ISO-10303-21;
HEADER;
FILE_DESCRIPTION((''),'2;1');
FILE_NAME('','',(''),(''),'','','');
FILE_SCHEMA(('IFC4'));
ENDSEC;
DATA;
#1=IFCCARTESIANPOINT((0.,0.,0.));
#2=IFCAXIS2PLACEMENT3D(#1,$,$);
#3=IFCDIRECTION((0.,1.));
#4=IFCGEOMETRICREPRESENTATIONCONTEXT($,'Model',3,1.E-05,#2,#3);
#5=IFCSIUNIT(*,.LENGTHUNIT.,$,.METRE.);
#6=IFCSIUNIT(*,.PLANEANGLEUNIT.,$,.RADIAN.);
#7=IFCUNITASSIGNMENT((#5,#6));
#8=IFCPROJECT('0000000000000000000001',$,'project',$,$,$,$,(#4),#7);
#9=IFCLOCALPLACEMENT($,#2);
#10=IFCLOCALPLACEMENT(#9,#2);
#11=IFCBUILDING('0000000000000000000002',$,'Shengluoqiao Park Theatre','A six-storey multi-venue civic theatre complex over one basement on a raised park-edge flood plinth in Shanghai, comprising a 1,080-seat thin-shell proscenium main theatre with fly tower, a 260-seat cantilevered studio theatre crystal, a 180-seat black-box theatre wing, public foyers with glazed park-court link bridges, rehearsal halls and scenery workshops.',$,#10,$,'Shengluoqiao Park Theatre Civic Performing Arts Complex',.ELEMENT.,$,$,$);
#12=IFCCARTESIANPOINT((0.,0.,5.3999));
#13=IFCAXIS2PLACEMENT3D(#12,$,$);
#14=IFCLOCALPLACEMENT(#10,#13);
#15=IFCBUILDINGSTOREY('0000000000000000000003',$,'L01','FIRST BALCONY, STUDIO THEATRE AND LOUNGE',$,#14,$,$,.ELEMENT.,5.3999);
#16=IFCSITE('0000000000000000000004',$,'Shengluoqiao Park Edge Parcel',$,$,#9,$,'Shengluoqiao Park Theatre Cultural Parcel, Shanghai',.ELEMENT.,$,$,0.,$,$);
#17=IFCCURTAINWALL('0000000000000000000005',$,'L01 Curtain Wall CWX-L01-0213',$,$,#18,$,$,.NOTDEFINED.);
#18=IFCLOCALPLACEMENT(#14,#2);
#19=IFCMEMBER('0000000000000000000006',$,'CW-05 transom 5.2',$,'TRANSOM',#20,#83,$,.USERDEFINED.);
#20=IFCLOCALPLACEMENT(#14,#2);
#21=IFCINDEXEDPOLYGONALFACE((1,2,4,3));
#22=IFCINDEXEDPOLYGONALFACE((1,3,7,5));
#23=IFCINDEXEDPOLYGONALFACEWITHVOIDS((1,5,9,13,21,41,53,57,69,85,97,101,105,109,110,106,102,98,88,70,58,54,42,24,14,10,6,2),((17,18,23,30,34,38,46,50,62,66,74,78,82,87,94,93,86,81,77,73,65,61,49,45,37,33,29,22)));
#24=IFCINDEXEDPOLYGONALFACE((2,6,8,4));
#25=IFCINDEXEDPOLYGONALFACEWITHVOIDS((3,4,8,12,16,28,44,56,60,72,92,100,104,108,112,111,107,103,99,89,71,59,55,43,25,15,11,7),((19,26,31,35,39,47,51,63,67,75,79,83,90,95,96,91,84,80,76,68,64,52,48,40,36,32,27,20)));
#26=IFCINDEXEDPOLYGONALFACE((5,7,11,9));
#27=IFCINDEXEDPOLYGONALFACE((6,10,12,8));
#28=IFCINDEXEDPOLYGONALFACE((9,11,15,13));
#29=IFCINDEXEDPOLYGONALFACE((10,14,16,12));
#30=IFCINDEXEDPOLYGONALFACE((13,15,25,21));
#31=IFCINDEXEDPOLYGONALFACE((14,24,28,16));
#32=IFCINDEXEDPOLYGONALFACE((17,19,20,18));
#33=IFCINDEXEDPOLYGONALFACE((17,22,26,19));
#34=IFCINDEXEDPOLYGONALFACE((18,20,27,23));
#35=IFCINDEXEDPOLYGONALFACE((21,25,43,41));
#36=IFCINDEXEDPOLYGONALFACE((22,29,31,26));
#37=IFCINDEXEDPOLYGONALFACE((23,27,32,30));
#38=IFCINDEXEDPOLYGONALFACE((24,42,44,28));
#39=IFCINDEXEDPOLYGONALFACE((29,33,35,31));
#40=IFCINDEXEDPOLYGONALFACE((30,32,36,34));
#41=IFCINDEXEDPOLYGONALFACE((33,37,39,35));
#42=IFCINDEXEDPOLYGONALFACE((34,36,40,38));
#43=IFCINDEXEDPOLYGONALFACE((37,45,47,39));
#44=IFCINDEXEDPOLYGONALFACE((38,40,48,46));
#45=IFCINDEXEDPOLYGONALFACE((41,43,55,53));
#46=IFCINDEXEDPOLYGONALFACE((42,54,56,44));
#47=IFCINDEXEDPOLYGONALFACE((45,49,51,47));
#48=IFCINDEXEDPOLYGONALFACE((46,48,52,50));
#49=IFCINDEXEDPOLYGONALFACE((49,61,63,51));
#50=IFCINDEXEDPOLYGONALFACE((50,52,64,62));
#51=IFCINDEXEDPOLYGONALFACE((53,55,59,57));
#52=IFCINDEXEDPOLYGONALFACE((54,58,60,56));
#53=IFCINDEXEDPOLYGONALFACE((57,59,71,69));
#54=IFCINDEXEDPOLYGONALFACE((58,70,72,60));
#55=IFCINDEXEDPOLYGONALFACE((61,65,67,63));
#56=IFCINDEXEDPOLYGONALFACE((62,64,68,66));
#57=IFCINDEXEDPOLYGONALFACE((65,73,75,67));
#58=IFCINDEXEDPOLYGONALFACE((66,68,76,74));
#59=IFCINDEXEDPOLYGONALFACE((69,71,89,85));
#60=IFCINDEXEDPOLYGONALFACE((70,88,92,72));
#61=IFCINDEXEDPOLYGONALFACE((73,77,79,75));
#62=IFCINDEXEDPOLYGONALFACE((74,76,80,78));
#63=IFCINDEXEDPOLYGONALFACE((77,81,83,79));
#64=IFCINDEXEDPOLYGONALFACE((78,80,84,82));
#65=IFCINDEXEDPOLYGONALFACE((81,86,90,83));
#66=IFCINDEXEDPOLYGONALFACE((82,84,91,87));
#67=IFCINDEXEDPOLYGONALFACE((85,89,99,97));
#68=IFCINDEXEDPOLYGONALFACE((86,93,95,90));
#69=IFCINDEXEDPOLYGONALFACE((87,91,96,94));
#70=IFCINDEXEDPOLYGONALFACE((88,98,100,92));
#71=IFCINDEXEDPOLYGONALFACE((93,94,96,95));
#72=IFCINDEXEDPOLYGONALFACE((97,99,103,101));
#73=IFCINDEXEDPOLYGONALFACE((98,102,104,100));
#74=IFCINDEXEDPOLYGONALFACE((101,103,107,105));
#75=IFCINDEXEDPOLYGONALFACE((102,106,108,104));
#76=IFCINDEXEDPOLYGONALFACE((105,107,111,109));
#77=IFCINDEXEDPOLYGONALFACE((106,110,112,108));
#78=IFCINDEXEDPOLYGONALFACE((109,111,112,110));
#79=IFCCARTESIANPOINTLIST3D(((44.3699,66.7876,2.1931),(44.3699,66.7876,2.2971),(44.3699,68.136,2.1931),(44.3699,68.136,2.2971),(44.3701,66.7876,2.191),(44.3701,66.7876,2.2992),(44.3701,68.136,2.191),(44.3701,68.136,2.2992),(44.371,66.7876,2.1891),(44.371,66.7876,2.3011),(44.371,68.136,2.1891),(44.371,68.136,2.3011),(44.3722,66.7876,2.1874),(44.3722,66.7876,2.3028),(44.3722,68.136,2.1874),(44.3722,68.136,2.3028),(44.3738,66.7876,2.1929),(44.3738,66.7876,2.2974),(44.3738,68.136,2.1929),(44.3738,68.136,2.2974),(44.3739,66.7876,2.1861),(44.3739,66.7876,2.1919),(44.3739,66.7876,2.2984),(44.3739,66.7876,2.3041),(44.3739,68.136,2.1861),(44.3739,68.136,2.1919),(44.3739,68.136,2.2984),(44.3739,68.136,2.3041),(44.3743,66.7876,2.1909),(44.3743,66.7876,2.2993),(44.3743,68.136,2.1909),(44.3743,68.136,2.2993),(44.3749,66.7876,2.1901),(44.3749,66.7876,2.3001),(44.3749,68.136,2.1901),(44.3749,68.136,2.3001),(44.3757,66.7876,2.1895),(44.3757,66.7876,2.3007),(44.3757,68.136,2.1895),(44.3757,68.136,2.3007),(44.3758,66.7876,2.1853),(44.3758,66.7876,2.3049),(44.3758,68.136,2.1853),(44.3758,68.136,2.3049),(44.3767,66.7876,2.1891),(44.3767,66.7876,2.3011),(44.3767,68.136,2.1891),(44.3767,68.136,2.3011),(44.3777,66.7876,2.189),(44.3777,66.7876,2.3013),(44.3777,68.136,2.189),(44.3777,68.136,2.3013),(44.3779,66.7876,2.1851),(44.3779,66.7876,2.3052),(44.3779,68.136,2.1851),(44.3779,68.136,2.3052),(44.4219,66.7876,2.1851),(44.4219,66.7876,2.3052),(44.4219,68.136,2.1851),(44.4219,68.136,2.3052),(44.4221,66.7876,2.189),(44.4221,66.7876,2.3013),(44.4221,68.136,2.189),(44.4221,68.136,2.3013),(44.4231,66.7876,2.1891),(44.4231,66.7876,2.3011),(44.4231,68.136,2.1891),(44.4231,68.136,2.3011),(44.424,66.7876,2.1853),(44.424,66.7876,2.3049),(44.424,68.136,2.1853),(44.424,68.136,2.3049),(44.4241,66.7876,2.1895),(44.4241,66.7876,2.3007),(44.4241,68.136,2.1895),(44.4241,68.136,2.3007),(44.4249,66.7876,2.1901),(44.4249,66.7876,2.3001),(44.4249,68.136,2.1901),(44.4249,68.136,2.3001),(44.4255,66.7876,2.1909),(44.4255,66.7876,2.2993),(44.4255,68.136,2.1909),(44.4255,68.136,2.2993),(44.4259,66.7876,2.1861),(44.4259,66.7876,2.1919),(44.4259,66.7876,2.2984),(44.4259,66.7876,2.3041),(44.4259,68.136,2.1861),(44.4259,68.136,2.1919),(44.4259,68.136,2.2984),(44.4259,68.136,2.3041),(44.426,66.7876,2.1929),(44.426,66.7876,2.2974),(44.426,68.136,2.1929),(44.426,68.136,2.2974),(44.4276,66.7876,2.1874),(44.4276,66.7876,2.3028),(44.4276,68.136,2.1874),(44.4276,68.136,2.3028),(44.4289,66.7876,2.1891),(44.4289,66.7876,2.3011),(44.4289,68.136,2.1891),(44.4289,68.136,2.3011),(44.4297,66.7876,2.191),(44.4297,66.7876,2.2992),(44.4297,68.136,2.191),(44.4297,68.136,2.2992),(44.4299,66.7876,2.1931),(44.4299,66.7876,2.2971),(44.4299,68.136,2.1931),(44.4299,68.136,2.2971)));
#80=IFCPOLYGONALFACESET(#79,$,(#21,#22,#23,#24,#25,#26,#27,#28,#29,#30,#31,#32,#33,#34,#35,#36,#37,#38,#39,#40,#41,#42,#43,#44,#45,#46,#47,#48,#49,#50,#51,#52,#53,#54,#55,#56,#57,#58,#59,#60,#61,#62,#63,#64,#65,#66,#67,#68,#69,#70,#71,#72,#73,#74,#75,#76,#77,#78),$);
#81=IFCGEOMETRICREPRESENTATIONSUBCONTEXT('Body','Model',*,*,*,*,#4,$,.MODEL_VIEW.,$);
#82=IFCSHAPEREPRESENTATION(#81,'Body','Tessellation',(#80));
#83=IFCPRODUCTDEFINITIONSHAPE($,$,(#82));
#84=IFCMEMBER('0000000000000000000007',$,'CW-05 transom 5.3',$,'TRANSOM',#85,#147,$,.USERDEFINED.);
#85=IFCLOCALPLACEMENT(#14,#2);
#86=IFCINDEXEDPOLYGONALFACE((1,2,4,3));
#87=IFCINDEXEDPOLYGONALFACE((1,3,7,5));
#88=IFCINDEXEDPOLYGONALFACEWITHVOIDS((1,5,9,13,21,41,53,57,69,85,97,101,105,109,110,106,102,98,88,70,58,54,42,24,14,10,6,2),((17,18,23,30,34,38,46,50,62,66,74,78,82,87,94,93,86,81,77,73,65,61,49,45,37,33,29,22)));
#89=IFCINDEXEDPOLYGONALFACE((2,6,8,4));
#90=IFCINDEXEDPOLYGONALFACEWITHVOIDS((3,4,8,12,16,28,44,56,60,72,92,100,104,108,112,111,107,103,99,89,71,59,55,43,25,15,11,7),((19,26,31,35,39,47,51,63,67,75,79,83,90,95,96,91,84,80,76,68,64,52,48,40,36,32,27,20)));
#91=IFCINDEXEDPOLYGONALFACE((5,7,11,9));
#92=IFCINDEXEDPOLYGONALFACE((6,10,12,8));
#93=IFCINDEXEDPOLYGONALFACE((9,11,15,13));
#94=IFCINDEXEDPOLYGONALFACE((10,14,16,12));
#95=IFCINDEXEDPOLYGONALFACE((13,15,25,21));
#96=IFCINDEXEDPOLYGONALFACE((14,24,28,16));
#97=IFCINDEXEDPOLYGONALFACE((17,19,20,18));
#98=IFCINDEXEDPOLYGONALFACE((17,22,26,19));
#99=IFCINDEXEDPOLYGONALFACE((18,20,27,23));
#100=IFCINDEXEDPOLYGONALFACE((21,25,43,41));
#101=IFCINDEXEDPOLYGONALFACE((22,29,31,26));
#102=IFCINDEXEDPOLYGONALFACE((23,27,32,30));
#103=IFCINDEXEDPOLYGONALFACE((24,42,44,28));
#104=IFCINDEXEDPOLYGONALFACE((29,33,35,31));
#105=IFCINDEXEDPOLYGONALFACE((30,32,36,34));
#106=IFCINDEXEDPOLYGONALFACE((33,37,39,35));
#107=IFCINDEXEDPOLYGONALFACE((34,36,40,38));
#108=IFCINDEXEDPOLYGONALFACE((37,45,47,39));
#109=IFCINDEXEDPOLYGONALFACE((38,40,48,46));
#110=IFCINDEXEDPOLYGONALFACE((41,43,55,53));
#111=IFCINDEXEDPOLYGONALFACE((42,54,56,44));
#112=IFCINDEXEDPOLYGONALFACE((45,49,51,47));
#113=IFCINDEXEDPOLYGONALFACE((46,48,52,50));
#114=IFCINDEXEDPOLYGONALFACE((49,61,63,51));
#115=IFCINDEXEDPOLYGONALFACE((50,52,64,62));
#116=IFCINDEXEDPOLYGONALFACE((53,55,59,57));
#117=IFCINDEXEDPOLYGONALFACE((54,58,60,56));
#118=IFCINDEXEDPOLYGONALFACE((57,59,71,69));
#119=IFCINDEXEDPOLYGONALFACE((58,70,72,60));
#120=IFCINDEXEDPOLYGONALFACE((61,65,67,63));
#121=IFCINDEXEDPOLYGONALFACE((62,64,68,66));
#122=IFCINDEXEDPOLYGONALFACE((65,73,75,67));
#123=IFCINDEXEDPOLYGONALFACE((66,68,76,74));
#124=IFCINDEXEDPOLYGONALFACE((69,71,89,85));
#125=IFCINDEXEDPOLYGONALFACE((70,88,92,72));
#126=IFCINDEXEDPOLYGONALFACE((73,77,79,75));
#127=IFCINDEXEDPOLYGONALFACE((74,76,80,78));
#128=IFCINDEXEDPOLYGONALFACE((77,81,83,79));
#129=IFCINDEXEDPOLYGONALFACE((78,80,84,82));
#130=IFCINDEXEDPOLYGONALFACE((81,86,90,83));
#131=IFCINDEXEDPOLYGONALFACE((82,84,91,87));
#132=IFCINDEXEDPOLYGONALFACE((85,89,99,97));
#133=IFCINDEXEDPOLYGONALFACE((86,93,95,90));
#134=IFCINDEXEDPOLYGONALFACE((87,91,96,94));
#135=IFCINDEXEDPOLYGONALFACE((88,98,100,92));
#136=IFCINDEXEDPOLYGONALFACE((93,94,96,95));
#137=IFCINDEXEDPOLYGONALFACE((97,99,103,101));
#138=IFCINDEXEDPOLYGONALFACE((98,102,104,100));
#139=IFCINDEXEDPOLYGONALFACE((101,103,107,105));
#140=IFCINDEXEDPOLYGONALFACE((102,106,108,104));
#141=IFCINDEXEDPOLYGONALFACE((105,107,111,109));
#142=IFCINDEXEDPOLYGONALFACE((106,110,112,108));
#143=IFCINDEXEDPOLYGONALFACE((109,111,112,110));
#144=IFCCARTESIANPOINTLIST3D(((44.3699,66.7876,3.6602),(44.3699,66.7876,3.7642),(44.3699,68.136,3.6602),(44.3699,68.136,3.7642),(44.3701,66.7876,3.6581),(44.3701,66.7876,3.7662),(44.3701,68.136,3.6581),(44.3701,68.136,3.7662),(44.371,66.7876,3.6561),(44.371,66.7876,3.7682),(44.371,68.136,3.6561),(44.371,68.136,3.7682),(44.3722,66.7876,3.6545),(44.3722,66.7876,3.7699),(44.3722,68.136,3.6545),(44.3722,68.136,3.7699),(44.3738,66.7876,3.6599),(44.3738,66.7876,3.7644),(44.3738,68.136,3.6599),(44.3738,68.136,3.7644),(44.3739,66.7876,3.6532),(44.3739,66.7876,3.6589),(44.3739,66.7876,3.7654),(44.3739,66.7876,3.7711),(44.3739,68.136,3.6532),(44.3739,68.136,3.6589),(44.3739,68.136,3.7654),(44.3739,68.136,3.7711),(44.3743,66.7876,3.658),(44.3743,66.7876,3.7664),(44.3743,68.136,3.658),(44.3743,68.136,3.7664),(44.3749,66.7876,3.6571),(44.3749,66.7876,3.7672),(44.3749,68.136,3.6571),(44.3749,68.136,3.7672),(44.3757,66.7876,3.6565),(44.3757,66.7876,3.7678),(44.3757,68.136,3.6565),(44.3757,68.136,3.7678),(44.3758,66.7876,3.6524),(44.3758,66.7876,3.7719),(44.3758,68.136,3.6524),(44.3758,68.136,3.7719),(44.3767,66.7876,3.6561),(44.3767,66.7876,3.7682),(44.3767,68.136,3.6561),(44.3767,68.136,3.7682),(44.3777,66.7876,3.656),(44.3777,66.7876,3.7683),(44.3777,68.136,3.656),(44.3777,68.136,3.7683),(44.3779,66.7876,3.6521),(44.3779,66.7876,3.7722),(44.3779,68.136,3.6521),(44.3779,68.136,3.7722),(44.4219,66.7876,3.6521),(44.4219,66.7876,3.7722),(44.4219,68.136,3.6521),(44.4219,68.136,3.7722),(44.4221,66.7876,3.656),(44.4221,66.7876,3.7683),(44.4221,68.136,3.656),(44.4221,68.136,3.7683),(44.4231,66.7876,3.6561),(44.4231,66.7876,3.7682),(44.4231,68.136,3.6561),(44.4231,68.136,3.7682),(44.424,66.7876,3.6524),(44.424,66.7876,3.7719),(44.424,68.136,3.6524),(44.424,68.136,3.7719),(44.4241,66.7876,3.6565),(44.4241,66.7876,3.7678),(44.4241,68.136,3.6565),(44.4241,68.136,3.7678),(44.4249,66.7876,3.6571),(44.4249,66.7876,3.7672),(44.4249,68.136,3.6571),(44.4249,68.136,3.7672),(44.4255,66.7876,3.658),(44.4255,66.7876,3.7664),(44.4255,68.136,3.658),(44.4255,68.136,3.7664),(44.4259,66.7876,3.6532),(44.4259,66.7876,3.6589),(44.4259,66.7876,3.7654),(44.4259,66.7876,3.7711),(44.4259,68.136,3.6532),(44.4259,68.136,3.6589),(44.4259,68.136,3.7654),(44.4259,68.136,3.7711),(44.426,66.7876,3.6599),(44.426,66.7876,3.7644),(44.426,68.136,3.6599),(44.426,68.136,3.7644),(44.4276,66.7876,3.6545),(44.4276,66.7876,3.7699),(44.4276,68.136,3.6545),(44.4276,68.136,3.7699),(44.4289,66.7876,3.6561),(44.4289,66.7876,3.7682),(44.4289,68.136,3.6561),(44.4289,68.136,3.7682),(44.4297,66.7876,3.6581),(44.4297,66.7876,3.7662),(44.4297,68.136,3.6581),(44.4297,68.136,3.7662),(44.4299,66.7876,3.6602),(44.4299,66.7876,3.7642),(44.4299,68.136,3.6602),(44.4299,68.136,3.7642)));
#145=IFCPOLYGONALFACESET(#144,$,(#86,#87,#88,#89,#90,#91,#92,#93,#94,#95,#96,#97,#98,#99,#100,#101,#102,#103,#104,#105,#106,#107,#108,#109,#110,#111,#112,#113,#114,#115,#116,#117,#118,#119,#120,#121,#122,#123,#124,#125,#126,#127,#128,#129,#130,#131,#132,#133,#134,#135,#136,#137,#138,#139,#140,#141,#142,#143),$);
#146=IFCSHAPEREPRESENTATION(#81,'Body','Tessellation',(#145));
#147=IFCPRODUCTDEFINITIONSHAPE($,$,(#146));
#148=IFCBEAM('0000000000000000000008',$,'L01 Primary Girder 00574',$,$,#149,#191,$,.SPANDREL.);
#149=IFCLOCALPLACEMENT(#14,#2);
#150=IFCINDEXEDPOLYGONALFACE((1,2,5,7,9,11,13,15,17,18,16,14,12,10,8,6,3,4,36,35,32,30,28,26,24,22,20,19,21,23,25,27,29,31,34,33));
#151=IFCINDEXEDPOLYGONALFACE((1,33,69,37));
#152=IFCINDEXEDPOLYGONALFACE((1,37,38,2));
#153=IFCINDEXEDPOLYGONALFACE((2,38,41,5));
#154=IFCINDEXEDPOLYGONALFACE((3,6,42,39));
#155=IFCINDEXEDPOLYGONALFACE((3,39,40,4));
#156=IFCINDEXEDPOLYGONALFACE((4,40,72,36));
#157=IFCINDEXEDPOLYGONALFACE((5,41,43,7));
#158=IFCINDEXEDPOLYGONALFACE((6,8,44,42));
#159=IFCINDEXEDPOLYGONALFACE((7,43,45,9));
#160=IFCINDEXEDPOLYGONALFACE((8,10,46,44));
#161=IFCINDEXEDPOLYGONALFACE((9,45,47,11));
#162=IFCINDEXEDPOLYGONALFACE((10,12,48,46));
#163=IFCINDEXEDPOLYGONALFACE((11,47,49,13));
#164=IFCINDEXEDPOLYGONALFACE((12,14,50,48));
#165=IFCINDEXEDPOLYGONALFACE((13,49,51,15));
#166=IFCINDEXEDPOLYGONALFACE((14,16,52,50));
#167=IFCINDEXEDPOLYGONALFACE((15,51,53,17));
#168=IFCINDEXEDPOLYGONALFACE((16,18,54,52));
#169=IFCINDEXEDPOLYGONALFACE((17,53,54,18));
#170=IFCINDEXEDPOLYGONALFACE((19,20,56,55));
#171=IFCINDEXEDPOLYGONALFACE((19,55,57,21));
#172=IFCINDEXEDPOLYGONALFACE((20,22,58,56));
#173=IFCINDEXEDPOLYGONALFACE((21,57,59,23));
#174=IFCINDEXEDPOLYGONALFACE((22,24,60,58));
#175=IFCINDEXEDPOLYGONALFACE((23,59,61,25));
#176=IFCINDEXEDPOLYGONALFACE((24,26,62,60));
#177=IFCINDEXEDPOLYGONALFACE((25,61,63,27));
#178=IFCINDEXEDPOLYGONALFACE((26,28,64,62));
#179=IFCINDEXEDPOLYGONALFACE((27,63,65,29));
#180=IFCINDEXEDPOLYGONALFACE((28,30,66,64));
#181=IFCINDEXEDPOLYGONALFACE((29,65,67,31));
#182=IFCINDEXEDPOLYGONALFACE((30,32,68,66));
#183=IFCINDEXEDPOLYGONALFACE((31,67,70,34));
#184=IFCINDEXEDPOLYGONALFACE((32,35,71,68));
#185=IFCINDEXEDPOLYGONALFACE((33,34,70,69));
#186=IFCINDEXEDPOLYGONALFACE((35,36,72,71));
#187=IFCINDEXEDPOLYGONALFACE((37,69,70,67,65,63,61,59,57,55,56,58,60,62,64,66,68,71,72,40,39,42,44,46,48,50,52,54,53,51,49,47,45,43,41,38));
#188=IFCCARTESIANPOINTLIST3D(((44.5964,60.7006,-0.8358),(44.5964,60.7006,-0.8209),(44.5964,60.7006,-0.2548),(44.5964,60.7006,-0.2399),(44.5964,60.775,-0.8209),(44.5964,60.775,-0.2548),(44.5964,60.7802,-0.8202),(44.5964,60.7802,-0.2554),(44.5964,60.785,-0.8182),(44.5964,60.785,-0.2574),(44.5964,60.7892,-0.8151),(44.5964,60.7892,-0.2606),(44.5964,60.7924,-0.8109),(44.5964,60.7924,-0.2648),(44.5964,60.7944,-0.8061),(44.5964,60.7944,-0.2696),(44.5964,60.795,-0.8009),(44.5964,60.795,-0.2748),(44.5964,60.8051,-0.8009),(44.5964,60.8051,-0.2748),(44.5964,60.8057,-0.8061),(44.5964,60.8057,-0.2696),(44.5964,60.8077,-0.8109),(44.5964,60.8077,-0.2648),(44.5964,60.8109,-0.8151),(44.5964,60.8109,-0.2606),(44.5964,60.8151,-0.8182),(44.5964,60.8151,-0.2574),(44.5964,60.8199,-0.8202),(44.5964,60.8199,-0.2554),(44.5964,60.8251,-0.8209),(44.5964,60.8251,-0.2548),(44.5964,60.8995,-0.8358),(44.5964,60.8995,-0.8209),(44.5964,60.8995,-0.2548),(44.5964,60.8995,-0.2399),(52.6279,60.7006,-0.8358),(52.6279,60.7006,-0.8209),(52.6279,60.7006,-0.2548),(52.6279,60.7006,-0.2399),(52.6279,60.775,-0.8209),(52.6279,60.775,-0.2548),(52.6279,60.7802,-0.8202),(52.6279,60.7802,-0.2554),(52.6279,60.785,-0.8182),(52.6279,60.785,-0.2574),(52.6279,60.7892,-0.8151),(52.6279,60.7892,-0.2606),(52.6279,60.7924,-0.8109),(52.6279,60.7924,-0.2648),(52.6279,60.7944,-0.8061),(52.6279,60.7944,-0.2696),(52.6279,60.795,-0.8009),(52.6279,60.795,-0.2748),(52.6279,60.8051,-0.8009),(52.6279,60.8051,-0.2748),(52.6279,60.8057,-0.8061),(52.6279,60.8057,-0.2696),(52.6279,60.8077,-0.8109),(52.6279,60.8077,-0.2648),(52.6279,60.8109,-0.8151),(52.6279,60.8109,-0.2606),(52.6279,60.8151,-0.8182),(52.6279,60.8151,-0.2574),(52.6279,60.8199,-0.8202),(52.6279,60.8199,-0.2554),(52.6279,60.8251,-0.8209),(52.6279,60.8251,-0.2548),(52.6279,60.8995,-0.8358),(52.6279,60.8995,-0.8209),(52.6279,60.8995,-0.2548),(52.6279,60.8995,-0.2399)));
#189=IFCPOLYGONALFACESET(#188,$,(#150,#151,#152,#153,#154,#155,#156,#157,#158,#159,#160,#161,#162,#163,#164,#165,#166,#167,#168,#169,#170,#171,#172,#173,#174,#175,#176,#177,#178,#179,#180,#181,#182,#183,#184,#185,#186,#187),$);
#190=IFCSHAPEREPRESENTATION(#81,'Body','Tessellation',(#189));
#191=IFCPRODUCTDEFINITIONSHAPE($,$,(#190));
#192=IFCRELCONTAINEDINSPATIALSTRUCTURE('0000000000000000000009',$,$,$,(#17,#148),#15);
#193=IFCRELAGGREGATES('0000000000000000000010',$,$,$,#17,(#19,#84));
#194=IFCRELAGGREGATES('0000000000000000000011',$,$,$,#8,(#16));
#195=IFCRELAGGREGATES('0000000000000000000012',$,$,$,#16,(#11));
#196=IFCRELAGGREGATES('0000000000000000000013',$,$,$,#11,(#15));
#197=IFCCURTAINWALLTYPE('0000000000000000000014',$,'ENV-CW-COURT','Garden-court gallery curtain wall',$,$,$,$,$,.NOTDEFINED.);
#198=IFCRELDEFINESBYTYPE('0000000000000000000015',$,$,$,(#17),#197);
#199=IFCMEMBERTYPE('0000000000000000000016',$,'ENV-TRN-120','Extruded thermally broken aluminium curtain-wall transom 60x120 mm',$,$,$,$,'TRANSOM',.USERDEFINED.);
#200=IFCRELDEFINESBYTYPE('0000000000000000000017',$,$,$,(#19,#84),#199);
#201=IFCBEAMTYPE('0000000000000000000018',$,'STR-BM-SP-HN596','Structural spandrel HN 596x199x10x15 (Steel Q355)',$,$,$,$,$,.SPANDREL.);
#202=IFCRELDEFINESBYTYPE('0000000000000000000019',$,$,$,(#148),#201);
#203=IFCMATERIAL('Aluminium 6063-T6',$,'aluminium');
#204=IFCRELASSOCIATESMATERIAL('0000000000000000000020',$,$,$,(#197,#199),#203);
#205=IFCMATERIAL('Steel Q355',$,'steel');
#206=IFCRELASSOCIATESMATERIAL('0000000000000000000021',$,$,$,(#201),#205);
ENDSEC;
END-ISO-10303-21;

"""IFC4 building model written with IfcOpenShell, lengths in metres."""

from ifc_helpers import new_model, si_unit, direction, frame, origin, origin_2d, place, context, subcontext, project, spatial, hollow_rectangle, i_section, extrude, material, material_profile, profile_set, type_object, element, aggregate, save


model = new_model("IFC4")

# Units and contexts
model_context = context("Model", 3, precision=1e-05, world=origin(), true_north=direction((0.0, 1.0)))
body_context = subcontext(model_context, "Body", "Model", "MODEL_VIEW")
ifc_project = project(units=[si_unit("LENGTHUNIT", "METRE"), si_unit("PLANEANGLEUNIT", "RADIAN")], contexts=[model_context])

# Site, building, storey
site_placement = place(None, origin())
site = spatial("IfcSite", under=ifc_project, at=site_placement, Name="Shengluoqiao Park Edge Parcel", LongName="Shengluoqiao Park Theatre Cultural Parcel, Shanghai", CompositionType="ELEMENT", RefElevation=0.0)
building_placement = place(site_placement, origin())
building = spatial("IfcBuilding", under=site, at=building_placement, Name="Shengluoqiao Park Theatre", Description="A six-storey multi-venue civic theatre complex over one basement on a raised park-edge flood plinth in Shanghai, comprising a 1,080-seat thin-shell proscenium main theatre with fly tower, a 260-seat cantilevered studio theatre crystal, a 180-seat black-box theatre wing, public foyers with glazed park-court link bridges, rehearsal halls and scenery workshops.", LongName="Shengluoqiao Park Theatre Civic Performing Arts Complex", CompositionType="ELEMENT")
storey_placement = place(building_placement, frame((0.0, 0.0, 5.3999)))
storey = spatial("IfcBuildingStorey", under=building, at=storey_placement, Name="L01", Description="FIRST BALCONY, STUDIO THEATRE AND LOUNGE", CompositionType="ELEMENT", Elevation=5.3999)

# Curtain wall
ifc_material_1 = material(Name="Aluminium 6063-T6", Category="aluminium")
curtain_wall_type_1 = type_object("IfcCurtainWallType", Name="ENV-CW-COURT", Description="Garden-court gallery curtain wall", PredefinedType="NOTDEFINED", material=ifc_material_1)
curtain_wall_1_placement = place(storey_placement, origin())
curtain_wall_1 = element("IfcCurtainWall", 1, at=curtain_wall_1_placement, inside=storey, type_object=curtain_wall_type_1, Name="L01 Curtain Wall CWX-L01-0213", PredefinedType="NOTDEFINED")

# Members
ifc_material_profile_1 = material_profile(ifc_material_1, hollow_rectangle(XDim=0.0601, YDim=0.1201, WallThickness=0.0039, InnerFilletRadius=0.0039, OuterFilletRadius=0.0081, at=origin_2d()), Name="ALU TRANSOM 120x60x4")
ifc_profile_set_1 = profile_set([ifc_material_profile_1], Name="Aluminium 6063-T6")
member_type_1 = type_object("IfcMemberType", Name="ENV-TRN-120", Description="Extruded thermally broken aluminium curtain-wall transom 60x120 mm", ElementType="TRANSOM", PredefinedType="USERDEFINED", material=ifc_profile_set_1)
member_1_placement = place(storey_placement, frame((44.3999, 66.7876, 2.2451), z_axis=(0.0, 1.0, 0.0), x_axis=(-1.0, 0.0, 0.0)))
member_1 = element("IfcMember", 2, at=member_1_placement, type_object=member_type_1, Name="CW-05 transom 5.2", ObjectType="TRANSOM", PredefinedType="USERDEFINED", context=body_context, shape_type="SweptSolid", body=[
    extrude(hollow_rectangle(XDim=0.0601, YDim=0.1201, WallThickness=0.0039, InnerFilletRadius=0.0039, OuterFilletRadius=0.0081, at=origin_2d()), origin(), (0.0, 0.0, 1.0), 1.3484),
])
member_2_placement = place(storey_placement, frame((44.3999, 66.7876, 3.7122), z_axis=(0.0, 1.0, 0.0), x_axis=(-1.0, 0.0, 0.0)))
member_2 = element("IfcMember", 3, at=member_2_placement, type_object=member_type_1, Name="CW-05 transom 5.3", ObjectType="TRANSOM", PredefinedType="USERDEFINED", context=body_context, shape_type="SweptSolid", body=[
    extrude(hollow_rectangle(XDim=0.0601, YDim=0.1201, WallThickness=0.0039, InnerFilletRadius=0.0039, OuterFilletRadius=0.0081, at=origin_2d()), origin(), (0.0, 0.0, 1.0), 1.3484),
])

# Beam
ifc_material_2 = material(Name="Steel Q355", Category="steel")
ifc_material_profile_2 = material_profile(ifc_material_2, i_section(OverallWidth=0.199, OverallDepth=0.5959, WebThickness=0.01, FlangeThickness=0.0149, FilletRadius=0.02, at=origin_2d()), Name="HN 596x199x10x15")
ifc_profile_set_2 = profile_set([ifc_material_profile_2], Name="Steel Q355")
beam_type = type_object("IfcBeamType", Name="STR-BM-SP-HN596", Description="Structural spandrel HN 596x199x10x15 (Steel Q355)", PredefinedType="SPANDREL", material=ifc_profile_set_2)
beam_placement = place(storey_placement, frame((44.5964, 60.8, -0.5378), z_axis=(1.0, 0.0, 0.0), x_axis=(0.0, 1.0, 0.0)))
element("IfcBeam", 4, at=beam_placement, inside=storey, type_object=beam_type, Name="L01 Primary Girder 00574", PredefinedType="SPANDREL", context=body_context, shape_type="SweptSolid", body=[
    extrude(i_section(OverallWidth=0.199, OverallDepth=0.5959, WebThickness=0.01, FlangeThickness=0.0149, FilletRadius=0.02, at=origin_2d()), origin(), (0.0, 0.0, 1.0), 8.0315),
])

aggregate(curtain_wall_1, [member_1, member_2])

save(model, "model.ifc")
